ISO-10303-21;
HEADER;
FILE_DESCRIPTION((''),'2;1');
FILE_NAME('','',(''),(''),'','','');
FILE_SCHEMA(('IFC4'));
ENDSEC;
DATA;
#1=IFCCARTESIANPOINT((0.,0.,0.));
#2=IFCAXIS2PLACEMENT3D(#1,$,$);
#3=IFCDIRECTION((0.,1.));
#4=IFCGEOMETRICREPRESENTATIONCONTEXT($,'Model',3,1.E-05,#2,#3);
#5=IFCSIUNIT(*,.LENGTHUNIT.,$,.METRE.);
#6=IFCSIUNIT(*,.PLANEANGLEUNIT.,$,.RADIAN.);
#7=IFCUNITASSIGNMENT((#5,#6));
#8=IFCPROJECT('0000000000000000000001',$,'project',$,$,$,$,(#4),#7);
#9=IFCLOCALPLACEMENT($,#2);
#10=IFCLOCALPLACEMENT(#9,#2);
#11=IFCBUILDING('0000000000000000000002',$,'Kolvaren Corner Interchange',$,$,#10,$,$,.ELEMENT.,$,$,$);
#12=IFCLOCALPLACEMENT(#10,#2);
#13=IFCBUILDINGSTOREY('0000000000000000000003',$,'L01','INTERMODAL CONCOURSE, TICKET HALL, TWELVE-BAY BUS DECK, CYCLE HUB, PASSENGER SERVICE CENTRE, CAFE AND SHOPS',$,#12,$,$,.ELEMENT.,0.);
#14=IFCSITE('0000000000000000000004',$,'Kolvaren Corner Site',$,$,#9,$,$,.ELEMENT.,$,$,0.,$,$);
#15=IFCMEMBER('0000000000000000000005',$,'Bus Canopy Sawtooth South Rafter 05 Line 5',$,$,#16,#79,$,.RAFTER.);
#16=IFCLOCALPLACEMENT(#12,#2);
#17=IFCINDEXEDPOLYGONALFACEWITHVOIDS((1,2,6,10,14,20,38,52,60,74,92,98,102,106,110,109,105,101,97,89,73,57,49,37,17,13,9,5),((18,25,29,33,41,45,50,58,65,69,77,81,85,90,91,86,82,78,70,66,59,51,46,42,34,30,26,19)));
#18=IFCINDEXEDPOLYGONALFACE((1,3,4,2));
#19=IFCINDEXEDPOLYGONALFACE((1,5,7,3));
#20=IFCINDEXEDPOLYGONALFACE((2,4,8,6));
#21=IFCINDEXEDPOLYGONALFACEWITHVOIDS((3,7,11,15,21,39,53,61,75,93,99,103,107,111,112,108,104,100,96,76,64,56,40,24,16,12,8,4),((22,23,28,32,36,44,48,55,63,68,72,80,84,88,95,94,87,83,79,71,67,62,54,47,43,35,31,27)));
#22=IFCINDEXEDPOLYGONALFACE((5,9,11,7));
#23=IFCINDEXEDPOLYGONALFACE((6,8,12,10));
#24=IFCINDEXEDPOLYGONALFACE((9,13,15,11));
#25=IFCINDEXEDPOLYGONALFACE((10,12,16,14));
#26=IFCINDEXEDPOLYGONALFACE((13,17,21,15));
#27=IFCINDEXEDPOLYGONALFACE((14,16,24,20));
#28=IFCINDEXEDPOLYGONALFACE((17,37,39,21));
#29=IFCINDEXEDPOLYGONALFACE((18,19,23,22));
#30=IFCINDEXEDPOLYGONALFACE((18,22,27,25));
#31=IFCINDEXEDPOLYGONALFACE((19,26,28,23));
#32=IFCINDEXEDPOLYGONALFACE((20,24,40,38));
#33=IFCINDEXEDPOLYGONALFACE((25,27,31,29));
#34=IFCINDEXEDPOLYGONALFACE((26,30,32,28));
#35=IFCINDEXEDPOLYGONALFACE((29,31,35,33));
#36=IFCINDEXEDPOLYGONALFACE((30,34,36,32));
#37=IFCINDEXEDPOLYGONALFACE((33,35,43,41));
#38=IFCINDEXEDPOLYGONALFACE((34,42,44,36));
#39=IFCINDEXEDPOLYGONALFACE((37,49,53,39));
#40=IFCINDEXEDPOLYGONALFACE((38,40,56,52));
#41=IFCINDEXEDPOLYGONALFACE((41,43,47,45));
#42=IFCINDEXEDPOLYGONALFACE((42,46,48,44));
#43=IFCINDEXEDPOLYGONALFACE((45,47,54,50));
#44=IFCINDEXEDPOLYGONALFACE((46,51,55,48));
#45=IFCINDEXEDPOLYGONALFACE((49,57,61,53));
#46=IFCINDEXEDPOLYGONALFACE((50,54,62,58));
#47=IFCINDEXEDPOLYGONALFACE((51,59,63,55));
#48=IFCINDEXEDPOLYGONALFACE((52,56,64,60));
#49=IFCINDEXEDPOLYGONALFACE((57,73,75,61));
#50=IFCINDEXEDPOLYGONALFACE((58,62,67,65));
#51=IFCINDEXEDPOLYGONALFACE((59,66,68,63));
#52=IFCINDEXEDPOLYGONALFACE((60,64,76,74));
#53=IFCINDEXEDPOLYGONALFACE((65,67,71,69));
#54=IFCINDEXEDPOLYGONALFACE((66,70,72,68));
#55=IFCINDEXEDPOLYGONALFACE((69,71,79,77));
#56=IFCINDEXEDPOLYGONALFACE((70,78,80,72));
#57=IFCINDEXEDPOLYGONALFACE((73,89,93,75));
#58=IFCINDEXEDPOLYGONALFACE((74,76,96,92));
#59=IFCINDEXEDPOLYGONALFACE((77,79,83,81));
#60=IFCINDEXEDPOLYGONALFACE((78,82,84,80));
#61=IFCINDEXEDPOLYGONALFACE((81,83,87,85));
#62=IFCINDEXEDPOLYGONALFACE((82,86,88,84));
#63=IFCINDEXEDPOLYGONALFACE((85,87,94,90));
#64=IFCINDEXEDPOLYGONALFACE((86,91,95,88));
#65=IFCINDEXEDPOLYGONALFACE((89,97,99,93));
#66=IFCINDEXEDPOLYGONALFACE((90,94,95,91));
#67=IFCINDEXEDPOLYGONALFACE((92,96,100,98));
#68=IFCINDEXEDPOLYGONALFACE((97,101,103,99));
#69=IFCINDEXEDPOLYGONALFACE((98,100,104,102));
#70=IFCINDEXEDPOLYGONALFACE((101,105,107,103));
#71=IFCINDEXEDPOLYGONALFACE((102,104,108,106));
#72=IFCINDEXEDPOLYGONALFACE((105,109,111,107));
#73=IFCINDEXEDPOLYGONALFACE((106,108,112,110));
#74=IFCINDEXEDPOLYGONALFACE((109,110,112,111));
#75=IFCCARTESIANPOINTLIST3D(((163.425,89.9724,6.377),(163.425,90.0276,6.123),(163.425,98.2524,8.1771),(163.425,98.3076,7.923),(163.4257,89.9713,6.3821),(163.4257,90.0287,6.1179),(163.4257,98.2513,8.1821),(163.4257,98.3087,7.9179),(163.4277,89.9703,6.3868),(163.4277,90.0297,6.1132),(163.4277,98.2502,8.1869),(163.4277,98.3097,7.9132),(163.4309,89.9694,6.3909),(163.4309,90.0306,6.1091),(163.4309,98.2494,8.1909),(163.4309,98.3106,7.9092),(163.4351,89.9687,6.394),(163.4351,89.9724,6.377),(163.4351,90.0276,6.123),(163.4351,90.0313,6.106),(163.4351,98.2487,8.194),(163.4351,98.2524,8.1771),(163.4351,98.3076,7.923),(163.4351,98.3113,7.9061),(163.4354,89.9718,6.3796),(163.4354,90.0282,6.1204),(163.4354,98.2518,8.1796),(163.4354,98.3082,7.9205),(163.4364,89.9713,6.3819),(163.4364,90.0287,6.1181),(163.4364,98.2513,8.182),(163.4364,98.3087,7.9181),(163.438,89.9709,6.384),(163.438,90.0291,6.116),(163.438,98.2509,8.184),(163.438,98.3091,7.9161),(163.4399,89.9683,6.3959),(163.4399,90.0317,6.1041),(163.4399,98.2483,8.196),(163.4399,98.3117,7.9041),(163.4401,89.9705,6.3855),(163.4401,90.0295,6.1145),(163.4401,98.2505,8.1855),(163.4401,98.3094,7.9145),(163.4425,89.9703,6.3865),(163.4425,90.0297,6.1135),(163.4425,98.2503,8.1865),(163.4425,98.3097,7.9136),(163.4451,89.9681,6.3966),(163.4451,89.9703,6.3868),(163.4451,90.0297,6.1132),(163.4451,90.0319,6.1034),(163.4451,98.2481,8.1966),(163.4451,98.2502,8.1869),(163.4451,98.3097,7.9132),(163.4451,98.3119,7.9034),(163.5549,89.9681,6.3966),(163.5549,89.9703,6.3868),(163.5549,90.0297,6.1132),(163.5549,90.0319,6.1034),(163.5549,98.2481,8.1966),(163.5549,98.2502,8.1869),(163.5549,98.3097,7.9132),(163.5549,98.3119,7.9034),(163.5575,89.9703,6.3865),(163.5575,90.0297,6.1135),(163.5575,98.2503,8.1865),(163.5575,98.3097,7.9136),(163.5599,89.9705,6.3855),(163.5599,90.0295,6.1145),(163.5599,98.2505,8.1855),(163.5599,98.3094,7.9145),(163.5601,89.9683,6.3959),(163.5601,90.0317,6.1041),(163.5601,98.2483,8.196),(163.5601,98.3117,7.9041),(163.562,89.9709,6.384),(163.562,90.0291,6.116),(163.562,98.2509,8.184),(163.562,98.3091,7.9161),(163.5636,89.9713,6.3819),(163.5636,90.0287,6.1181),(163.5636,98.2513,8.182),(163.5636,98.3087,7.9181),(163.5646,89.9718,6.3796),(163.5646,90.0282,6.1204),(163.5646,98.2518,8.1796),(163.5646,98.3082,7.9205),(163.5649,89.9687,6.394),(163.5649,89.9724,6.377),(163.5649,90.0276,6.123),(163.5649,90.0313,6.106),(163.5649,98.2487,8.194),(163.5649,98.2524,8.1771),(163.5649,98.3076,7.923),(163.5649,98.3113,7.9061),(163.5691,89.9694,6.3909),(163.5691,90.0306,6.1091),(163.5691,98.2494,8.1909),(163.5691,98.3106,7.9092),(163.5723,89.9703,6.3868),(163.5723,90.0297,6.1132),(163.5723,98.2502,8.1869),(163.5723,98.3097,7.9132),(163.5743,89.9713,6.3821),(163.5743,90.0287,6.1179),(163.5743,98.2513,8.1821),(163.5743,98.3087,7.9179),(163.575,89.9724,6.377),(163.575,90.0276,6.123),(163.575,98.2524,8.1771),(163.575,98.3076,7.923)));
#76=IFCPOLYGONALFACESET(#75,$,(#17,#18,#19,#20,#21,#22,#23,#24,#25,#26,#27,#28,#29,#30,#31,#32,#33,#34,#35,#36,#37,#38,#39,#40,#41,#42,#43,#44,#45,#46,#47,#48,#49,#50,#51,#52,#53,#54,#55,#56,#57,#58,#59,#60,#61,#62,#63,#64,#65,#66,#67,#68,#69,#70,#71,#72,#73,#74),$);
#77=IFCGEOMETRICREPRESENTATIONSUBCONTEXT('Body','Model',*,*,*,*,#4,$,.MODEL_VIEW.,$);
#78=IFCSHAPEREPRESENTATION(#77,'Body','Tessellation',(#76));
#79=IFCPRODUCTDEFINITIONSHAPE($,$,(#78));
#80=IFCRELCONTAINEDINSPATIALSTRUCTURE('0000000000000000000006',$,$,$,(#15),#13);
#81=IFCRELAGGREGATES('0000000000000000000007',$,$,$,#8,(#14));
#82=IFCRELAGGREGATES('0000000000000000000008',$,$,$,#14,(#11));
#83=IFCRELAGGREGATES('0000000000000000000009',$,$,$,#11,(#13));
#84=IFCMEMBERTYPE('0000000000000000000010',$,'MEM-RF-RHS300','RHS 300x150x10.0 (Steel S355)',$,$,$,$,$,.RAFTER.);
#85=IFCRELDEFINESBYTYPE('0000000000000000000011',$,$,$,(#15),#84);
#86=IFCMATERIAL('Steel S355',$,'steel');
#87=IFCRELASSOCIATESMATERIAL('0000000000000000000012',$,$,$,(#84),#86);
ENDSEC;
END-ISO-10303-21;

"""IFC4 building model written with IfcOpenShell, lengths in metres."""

from ifc_helpers import new_model, si_unit, direction, frame, origin, origin_2d, place, context, subcontext, project, spatial, hollow_rectangle, extrude, material, material_profile, profile_set, type_object, element, save


model = new_model("IFC4")

# Units and contexts
model_context = context("Model", 3, precision=1e-05, world=origin(), true_north=direction((0.0, 1.0)))
body_context = subcontext(model_context, "Body", "Model", "MODEL_VIEW")
ifc_project = project(units=[si_unit("LENGTHUNIT", "METRE"), si_unit("PLANEANGLEUNIT", "RADIAN")], contexts=[model_context])

# Site, building, storey
site_placement = place(None, origin())
site = spatial("IfcSite", under=ifc_project, at=site_placement, Name="Kolvaren Corner Site", CompositionType="ELEMENT", RefElevation=0.0)
building_placement = place(site_placement, origin())
building = spatial("IfcBuilding", under=site, at=building_placement, Name="Kolvaren Corner Interchange", CompositionType="ELEMENT")
storey_placement = place(building_placement, origin())
storey = spatial("IfcBuildingStorey", under=building, at=storey_placement, Name="L01", Description="INTERMODAL CONCOURSE, TICKET HALL, TWELVE-BAY BUS DECK, CYCLE HUB, PASSENGER SERVICE CENTRE, CAFE AND SHOPS", CompositionType="ELEMENT", Elevation=0.0)

# Member
ifc_material_1 = material(Name="Steel S355", Category="steel")
ifc_material_profile_1 = material_profile(ifc_material_1, hollow_rectangle(XDim=0.1499, YDim=0.3, WallThickness=0.01, InnerFilletRadius=0.01, OuterFilletRadius=0.02, at=origin_2d()), Name="RHS 300x150x10.0")
ifc_profile_set_1 = profile_set([ifc_material_profile_1], Name="Steel S355")
member_type_1 = type_object("IfcMemberType", Name="MEM-RF-RHS300", Description="RHS 300x150x10.0 (Steel S355)", PredefinedType="RAFTER", material=ifc_profile_set_1)
for number, where, z_axis, x_axis, name in (
    (1, (163.5, 90.0, 6.25), (0.0, 0.977175, 0.212434), (-1.0, 0.0, 0.0), "Bus Canopy Sawtooth South Rafter 05 Line 5"),
):
    element("IfcMember", number, at=place(storey_placement, frame(where, z_axis=z_axis, x_axis=x_axis)), inside=storey, type_object=member_type_1, Name=name, PredefinedType="RAFTER", context=body_context, shape_type="SweptSolid", body=[
        extrude(hollow_rectangle(XDim=0.1499, YDim=0.3, WallThickness=0.01, InnerFilletRadius=0.01, OuterFilletRadius=0.02, at=origin_2d()), origin(), (0.0, 0.0, 1.0), 8.4734),
    ])

save(model, "model.ifc")
